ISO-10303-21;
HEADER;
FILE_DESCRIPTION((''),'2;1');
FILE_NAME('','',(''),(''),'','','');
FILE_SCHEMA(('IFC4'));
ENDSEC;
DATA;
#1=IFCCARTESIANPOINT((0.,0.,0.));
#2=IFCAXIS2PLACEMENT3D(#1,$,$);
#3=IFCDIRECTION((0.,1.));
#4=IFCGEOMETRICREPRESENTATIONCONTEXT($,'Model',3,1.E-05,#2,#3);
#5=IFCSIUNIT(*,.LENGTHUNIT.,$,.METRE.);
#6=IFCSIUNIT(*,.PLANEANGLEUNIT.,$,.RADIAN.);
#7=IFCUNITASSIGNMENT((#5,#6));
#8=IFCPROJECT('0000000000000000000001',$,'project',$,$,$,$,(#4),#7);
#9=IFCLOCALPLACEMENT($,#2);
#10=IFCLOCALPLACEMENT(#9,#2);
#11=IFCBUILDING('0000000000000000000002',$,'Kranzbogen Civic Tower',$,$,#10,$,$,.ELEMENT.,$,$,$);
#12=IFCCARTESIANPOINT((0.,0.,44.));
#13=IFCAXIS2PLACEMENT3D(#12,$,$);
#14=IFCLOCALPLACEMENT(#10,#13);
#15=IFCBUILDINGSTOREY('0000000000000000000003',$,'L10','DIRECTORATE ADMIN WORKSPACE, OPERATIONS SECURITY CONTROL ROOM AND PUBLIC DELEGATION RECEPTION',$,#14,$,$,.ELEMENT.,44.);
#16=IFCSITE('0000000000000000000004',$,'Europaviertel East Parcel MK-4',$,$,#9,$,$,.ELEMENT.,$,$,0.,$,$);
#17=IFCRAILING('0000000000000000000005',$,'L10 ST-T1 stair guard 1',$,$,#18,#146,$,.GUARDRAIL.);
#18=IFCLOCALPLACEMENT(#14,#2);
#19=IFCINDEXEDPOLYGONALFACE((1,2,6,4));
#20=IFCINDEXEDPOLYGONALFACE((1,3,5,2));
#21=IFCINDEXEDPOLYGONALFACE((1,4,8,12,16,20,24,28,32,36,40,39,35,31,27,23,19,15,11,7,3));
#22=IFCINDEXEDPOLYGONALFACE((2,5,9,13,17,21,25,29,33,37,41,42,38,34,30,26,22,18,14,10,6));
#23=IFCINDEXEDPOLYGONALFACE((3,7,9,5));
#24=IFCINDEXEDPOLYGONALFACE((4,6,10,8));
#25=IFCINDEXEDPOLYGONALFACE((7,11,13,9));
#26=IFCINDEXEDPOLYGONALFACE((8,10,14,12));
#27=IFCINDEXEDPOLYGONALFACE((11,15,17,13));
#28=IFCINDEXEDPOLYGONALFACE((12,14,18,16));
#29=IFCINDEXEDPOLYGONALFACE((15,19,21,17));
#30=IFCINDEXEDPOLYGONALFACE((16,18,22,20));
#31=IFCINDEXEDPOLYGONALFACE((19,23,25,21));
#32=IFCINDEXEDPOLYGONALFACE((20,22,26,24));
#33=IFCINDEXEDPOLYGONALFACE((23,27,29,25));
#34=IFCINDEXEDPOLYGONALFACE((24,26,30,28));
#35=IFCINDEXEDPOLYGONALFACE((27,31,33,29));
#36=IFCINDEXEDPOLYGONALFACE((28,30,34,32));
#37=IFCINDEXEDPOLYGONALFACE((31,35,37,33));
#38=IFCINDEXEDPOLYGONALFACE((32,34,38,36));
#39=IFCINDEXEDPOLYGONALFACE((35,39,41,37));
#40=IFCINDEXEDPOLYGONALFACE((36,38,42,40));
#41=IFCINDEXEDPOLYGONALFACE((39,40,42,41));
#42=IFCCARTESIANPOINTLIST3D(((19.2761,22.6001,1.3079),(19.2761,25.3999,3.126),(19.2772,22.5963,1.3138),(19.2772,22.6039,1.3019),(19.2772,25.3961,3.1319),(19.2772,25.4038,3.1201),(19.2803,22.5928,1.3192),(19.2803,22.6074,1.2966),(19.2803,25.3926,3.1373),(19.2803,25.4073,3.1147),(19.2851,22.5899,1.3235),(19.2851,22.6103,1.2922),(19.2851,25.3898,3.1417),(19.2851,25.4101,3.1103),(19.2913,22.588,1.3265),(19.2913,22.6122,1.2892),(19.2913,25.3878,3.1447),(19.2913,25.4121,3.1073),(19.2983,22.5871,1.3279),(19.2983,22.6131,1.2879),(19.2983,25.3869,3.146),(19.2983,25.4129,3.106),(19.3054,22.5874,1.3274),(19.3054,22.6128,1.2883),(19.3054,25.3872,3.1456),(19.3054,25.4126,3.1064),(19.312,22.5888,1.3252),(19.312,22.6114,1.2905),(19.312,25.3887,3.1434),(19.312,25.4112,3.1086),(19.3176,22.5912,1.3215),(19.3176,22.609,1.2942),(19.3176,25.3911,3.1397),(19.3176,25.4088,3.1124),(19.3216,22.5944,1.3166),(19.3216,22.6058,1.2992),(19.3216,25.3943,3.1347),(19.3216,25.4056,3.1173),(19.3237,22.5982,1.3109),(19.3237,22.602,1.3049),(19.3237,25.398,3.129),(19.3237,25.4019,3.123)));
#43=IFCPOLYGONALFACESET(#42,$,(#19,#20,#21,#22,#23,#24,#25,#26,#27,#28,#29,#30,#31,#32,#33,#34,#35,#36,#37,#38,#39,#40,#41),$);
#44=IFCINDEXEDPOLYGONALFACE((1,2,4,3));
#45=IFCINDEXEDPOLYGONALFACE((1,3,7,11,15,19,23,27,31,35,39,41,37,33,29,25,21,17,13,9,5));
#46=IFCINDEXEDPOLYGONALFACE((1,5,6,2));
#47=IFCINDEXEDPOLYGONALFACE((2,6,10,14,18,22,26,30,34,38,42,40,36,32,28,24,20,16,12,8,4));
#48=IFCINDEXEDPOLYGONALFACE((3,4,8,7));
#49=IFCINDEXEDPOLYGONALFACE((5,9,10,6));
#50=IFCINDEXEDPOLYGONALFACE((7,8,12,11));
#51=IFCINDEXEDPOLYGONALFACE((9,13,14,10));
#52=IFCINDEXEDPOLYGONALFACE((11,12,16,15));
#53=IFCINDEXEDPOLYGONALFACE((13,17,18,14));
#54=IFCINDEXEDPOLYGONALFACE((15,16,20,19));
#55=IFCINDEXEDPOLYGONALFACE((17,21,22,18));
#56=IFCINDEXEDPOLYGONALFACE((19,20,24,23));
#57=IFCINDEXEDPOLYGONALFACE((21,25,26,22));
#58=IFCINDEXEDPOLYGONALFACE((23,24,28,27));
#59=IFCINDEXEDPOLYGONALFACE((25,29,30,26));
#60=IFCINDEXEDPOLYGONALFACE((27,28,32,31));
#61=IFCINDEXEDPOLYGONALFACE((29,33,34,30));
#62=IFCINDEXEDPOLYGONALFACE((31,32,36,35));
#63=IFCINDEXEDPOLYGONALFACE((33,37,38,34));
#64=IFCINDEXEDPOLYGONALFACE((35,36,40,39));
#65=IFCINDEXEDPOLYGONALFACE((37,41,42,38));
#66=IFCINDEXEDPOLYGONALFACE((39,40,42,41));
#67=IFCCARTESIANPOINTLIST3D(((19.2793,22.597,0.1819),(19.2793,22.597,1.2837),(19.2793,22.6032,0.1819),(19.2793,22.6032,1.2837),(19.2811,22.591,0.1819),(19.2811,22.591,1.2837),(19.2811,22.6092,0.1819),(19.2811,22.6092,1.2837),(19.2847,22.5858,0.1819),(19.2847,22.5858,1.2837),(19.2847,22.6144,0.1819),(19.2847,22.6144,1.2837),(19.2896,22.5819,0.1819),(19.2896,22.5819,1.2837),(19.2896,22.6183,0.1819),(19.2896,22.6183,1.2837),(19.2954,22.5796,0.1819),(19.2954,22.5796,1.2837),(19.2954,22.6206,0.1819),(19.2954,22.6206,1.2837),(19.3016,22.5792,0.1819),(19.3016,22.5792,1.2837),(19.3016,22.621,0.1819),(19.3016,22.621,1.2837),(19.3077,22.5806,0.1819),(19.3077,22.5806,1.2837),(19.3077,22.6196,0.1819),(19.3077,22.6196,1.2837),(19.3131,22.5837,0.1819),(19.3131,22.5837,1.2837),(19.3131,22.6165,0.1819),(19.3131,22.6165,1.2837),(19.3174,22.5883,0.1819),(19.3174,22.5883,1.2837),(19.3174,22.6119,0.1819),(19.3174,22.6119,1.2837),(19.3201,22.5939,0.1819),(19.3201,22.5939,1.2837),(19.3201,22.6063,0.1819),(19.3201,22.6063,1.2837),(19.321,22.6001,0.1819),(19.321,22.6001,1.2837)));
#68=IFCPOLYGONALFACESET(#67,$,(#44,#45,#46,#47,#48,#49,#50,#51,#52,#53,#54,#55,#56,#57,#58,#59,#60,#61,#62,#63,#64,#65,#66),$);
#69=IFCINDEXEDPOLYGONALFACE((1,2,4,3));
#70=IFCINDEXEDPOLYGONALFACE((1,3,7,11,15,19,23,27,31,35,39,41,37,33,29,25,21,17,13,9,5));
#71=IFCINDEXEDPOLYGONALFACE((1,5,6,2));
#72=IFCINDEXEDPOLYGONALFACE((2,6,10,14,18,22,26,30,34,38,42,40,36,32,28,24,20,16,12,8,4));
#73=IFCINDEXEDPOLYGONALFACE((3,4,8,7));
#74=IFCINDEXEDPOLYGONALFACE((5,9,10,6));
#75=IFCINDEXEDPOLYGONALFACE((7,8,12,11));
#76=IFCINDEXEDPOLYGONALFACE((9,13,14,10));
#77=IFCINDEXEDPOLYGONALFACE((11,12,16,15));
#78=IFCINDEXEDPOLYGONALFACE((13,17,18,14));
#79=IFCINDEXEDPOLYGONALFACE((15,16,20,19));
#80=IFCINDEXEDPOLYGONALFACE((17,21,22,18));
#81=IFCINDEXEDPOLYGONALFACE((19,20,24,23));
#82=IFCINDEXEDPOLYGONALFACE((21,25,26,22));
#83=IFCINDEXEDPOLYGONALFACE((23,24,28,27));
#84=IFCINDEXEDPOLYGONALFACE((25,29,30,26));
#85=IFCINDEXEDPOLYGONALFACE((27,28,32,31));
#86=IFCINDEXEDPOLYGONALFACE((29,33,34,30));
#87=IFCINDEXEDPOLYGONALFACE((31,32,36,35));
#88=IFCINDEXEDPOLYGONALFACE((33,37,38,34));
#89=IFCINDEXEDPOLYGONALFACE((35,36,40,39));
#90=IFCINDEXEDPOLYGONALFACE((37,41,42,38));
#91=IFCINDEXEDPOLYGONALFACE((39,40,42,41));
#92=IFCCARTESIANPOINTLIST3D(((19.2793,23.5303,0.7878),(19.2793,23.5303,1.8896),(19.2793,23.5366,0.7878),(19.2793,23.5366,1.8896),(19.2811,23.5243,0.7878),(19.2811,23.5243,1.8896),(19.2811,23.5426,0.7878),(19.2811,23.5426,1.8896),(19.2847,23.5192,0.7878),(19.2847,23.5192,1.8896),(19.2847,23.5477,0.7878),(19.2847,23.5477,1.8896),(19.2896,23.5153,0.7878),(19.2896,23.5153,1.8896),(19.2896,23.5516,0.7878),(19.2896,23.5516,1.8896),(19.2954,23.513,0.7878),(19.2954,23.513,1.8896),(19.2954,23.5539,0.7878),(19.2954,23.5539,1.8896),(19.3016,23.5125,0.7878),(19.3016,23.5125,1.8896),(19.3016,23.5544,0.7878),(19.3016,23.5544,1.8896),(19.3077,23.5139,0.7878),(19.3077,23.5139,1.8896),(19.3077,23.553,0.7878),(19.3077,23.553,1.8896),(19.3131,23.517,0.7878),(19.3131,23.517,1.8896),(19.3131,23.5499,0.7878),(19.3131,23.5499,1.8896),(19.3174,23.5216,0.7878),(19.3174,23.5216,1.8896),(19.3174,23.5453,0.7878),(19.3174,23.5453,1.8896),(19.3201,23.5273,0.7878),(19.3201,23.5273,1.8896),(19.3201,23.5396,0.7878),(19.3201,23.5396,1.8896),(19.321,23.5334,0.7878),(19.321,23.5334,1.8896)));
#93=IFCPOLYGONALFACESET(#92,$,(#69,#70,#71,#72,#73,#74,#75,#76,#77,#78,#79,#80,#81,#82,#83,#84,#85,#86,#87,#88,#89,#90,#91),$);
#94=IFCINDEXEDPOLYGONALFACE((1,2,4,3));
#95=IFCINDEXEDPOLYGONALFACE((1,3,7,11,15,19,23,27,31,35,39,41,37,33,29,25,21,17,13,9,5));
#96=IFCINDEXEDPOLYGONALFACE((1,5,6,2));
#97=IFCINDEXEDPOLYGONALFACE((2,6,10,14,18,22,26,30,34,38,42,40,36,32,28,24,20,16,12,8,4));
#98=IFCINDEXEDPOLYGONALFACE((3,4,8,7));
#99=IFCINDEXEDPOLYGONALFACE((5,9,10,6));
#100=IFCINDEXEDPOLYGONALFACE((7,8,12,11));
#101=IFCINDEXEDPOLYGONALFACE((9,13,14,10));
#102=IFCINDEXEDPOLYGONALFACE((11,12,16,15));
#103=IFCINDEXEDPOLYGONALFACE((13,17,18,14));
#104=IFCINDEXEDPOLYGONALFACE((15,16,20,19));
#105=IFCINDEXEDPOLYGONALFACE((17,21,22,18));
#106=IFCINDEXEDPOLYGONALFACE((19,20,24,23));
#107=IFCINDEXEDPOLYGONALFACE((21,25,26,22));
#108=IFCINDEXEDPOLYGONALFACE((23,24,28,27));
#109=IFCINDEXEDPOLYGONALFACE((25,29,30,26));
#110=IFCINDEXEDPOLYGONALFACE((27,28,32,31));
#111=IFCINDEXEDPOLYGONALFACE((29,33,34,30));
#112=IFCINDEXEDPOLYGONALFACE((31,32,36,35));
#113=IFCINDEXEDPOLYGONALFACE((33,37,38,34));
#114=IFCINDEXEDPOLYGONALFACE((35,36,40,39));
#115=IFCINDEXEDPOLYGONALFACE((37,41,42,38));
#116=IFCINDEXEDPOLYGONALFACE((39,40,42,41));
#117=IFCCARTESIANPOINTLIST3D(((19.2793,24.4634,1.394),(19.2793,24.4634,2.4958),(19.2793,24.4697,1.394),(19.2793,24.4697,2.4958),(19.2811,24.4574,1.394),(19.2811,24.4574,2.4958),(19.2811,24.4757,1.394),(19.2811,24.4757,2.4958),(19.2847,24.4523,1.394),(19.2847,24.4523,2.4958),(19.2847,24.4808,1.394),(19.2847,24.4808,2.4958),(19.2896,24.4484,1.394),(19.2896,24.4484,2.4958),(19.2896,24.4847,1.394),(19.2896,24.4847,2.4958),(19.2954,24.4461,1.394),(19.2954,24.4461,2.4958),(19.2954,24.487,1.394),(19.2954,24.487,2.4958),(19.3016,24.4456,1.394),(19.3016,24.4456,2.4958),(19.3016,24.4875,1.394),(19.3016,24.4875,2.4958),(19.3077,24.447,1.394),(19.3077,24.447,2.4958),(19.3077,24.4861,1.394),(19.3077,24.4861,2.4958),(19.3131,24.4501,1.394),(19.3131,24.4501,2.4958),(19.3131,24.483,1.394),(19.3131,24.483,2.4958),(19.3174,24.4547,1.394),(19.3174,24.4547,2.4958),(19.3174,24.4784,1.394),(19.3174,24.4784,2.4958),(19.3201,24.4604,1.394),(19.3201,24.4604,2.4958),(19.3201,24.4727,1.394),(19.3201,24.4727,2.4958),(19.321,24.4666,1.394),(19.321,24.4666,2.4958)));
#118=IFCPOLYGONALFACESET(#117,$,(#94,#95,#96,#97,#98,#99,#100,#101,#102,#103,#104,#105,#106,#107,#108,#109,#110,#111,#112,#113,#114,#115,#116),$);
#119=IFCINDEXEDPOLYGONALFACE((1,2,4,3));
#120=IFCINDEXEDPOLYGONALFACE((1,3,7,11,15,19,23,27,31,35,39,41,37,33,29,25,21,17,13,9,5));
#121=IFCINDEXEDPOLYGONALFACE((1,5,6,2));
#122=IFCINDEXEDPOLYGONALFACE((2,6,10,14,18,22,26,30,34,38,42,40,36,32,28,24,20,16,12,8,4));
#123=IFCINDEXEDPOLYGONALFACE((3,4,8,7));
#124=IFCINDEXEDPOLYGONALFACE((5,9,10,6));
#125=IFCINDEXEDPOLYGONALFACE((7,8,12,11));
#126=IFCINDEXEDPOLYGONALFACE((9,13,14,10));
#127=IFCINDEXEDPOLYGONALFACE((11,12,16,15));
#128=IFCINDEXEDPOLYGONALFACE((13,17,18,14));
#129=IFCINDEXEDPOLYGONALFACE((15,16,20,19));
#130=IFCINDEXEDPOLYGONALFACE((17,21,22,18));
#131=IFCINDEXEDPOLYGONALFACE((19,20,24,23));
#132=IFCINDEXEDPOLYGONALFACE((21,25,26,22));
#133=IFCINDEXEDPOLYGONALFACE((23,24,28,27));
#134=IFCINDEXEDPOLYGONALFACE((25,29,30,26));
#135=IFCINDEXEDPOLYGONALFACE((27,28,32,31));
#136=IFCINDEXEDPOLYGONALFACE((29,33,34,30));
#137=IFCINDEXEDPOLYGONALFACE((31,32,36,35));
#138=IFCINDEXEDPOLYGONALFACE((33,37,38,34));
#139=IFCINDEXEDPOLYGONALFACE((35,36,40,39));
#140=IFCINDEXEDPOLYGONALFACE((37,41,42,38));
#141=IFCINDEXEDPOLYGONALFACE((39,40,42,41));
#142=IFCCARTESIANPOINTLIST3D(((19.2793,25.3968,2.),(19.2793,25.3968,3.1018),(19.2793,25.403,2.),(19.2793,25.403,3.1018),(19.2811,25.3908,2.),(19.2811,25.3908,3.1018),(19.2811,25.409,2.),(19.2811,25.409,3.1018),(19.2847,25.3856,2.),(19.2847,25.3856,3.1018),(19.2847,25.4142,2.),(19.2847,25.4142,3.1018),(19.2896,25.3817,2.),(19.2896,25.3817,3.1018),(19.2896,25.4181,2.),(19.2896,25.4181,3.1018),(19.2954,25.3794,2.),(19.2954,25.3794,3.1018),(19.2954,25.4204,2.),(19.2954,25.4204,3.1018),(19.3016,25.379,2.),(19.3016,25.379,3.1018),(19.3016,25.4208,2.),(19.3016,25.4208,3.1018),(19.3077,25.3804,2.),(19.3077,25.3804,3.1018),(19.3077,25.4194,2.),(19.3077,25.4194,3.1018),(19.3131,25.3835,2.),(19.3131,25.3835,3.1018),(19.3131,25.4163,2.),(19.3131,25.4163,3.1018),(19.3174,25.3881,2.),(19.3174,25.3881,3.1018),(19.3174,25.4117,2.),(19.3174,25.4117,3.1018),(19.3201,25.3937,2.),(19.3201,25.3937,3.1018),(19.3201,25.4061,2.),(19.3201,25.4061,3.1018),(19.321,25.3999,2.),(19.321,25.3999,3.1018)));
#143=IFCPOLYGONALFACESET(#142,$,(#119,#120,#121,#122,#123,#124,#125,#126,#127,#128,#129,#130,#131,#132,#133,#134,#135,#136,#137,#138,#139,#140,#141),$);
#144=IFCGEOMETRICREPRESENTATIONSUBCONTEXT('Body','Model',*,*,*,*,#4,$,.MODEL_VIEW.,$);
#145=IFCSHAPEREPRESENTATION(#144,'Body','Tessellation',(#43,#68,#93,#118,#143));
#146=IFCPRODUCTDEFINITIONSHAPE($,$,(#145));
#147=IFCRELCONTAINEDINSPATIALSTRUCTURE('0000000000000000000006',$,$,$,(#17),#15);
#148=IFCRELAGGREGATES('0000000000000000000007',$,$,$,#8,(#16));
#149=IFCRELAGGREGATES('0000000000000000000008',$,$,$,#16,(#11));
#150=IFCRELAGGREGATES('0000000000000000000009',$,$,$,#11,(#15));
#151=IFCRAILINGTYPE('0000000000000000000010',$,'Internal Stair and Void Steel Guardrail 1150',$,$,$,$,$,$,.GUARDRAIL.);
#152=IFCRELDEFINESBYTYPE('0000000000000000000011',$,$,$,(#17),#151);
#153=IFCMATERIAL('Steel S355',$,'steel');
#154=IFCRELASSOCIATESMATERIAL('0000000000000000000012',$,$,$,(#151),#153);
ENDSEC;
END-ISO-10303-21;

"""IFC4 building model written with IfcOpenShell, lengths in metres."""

from ifc_helpers import new_model, si_unit, direction, frame, origin, origin_2d, place, context, subcontext, project, spatial, circle, extrude, material, type_object, element, save


model = new_model("IFC4")

# Units and contexts
model_context = context("Model", 3, precision=1e-05, world=origin(), true_north=direction((0.0, 1.0)))
body_context = subcontext(model_context, "Body", "Model", "MODEL_VIEW")
ifc_project = project(units=[si_unit("LENGTHUNIT", "METRE"), si_unit("PLANEANGLEUNIT", "RADIAN")], contexts=[model_context])

# Site, building, storey
site_placement = place(None, origin())
site = spatial("IfcSite", under=ifc_project, at=site_placement, Name="Europaviertel East Parcel MK-4", CompositionType="ELEMENT", RefElevation=0.0)
building_placement = place(site_placement, origin())
building = spatial("IfcBuilding", under=site, at=building_placement, Name="Kranzbogen Civic Tower", CompositionType="ELEMENT")
storey_placement = place(building_placement, frame((0.0, 0.0, 44.0)))
storey = spatial("IfcBuildingStorey", under=building, at=storey_placement, Name="L10", Description="DIRECTORATE ADMIN WORKSPACE, OPERATIONS SECURITY CONTROL ROOM AND PUBLIC DELEGATION RECEPTION", CompositionType="ELEMENT", Elevation=44.0)

# Shared definitions
ifc_material_1 = material(Name="Steel S355", Category="steel")

# Railing
railing_type_1 = type_object("IfcRailingType", Name="Internal Stair and Void Steel Guardrail 1150", PredefinedType="GUARDRAIL", material=ifc_material_1)
railing_1_placement = place(storey_placement, frame((19.3, 22.6001, 0.1819)))
element("IfcRailing", 1, at=railing_1_placement, inside=storey, type_object=railing_type_1, Name="L10 ST-T1 stair guard 1", PredefinedType="GUARDRAIL", context=body_context, shape_type="SweptSolid", body=[
    extrude(circle(Radius=0.0239, at=origin_2d()), frame((0.0, 0.0, 1.126), z_axis=(0.0, 0.838684, 0.544618), x_axis=(-1.0, 0.0, 0.0)), (0.0, 0.0, 1.0), 3.3384),
    extrude(circle(Radius=0.021, at=origin_2d()), origin(), (0.0, 0.0, 1.0), 1.1018),
    extrude(circle(Radius=0.021, at=origin_2d()), frame((0.0, 0.9333, 0.606)), (0.0, 0.0, 1.0), 1.1018),
    extrude(circle(Radius=0.021, at=origin_2d()), frame((0.0, 1.8665, 1.2122)), (0.0, 0.0, 1.0), 1.1018),
    extrude(circle(Radius=0.021, at=origin_2d()), frame((0.0, 2.7998, 1.8181)), (0.0, 0.0, 1.0), 1.1018),
])

save(model, "model.ifc")
